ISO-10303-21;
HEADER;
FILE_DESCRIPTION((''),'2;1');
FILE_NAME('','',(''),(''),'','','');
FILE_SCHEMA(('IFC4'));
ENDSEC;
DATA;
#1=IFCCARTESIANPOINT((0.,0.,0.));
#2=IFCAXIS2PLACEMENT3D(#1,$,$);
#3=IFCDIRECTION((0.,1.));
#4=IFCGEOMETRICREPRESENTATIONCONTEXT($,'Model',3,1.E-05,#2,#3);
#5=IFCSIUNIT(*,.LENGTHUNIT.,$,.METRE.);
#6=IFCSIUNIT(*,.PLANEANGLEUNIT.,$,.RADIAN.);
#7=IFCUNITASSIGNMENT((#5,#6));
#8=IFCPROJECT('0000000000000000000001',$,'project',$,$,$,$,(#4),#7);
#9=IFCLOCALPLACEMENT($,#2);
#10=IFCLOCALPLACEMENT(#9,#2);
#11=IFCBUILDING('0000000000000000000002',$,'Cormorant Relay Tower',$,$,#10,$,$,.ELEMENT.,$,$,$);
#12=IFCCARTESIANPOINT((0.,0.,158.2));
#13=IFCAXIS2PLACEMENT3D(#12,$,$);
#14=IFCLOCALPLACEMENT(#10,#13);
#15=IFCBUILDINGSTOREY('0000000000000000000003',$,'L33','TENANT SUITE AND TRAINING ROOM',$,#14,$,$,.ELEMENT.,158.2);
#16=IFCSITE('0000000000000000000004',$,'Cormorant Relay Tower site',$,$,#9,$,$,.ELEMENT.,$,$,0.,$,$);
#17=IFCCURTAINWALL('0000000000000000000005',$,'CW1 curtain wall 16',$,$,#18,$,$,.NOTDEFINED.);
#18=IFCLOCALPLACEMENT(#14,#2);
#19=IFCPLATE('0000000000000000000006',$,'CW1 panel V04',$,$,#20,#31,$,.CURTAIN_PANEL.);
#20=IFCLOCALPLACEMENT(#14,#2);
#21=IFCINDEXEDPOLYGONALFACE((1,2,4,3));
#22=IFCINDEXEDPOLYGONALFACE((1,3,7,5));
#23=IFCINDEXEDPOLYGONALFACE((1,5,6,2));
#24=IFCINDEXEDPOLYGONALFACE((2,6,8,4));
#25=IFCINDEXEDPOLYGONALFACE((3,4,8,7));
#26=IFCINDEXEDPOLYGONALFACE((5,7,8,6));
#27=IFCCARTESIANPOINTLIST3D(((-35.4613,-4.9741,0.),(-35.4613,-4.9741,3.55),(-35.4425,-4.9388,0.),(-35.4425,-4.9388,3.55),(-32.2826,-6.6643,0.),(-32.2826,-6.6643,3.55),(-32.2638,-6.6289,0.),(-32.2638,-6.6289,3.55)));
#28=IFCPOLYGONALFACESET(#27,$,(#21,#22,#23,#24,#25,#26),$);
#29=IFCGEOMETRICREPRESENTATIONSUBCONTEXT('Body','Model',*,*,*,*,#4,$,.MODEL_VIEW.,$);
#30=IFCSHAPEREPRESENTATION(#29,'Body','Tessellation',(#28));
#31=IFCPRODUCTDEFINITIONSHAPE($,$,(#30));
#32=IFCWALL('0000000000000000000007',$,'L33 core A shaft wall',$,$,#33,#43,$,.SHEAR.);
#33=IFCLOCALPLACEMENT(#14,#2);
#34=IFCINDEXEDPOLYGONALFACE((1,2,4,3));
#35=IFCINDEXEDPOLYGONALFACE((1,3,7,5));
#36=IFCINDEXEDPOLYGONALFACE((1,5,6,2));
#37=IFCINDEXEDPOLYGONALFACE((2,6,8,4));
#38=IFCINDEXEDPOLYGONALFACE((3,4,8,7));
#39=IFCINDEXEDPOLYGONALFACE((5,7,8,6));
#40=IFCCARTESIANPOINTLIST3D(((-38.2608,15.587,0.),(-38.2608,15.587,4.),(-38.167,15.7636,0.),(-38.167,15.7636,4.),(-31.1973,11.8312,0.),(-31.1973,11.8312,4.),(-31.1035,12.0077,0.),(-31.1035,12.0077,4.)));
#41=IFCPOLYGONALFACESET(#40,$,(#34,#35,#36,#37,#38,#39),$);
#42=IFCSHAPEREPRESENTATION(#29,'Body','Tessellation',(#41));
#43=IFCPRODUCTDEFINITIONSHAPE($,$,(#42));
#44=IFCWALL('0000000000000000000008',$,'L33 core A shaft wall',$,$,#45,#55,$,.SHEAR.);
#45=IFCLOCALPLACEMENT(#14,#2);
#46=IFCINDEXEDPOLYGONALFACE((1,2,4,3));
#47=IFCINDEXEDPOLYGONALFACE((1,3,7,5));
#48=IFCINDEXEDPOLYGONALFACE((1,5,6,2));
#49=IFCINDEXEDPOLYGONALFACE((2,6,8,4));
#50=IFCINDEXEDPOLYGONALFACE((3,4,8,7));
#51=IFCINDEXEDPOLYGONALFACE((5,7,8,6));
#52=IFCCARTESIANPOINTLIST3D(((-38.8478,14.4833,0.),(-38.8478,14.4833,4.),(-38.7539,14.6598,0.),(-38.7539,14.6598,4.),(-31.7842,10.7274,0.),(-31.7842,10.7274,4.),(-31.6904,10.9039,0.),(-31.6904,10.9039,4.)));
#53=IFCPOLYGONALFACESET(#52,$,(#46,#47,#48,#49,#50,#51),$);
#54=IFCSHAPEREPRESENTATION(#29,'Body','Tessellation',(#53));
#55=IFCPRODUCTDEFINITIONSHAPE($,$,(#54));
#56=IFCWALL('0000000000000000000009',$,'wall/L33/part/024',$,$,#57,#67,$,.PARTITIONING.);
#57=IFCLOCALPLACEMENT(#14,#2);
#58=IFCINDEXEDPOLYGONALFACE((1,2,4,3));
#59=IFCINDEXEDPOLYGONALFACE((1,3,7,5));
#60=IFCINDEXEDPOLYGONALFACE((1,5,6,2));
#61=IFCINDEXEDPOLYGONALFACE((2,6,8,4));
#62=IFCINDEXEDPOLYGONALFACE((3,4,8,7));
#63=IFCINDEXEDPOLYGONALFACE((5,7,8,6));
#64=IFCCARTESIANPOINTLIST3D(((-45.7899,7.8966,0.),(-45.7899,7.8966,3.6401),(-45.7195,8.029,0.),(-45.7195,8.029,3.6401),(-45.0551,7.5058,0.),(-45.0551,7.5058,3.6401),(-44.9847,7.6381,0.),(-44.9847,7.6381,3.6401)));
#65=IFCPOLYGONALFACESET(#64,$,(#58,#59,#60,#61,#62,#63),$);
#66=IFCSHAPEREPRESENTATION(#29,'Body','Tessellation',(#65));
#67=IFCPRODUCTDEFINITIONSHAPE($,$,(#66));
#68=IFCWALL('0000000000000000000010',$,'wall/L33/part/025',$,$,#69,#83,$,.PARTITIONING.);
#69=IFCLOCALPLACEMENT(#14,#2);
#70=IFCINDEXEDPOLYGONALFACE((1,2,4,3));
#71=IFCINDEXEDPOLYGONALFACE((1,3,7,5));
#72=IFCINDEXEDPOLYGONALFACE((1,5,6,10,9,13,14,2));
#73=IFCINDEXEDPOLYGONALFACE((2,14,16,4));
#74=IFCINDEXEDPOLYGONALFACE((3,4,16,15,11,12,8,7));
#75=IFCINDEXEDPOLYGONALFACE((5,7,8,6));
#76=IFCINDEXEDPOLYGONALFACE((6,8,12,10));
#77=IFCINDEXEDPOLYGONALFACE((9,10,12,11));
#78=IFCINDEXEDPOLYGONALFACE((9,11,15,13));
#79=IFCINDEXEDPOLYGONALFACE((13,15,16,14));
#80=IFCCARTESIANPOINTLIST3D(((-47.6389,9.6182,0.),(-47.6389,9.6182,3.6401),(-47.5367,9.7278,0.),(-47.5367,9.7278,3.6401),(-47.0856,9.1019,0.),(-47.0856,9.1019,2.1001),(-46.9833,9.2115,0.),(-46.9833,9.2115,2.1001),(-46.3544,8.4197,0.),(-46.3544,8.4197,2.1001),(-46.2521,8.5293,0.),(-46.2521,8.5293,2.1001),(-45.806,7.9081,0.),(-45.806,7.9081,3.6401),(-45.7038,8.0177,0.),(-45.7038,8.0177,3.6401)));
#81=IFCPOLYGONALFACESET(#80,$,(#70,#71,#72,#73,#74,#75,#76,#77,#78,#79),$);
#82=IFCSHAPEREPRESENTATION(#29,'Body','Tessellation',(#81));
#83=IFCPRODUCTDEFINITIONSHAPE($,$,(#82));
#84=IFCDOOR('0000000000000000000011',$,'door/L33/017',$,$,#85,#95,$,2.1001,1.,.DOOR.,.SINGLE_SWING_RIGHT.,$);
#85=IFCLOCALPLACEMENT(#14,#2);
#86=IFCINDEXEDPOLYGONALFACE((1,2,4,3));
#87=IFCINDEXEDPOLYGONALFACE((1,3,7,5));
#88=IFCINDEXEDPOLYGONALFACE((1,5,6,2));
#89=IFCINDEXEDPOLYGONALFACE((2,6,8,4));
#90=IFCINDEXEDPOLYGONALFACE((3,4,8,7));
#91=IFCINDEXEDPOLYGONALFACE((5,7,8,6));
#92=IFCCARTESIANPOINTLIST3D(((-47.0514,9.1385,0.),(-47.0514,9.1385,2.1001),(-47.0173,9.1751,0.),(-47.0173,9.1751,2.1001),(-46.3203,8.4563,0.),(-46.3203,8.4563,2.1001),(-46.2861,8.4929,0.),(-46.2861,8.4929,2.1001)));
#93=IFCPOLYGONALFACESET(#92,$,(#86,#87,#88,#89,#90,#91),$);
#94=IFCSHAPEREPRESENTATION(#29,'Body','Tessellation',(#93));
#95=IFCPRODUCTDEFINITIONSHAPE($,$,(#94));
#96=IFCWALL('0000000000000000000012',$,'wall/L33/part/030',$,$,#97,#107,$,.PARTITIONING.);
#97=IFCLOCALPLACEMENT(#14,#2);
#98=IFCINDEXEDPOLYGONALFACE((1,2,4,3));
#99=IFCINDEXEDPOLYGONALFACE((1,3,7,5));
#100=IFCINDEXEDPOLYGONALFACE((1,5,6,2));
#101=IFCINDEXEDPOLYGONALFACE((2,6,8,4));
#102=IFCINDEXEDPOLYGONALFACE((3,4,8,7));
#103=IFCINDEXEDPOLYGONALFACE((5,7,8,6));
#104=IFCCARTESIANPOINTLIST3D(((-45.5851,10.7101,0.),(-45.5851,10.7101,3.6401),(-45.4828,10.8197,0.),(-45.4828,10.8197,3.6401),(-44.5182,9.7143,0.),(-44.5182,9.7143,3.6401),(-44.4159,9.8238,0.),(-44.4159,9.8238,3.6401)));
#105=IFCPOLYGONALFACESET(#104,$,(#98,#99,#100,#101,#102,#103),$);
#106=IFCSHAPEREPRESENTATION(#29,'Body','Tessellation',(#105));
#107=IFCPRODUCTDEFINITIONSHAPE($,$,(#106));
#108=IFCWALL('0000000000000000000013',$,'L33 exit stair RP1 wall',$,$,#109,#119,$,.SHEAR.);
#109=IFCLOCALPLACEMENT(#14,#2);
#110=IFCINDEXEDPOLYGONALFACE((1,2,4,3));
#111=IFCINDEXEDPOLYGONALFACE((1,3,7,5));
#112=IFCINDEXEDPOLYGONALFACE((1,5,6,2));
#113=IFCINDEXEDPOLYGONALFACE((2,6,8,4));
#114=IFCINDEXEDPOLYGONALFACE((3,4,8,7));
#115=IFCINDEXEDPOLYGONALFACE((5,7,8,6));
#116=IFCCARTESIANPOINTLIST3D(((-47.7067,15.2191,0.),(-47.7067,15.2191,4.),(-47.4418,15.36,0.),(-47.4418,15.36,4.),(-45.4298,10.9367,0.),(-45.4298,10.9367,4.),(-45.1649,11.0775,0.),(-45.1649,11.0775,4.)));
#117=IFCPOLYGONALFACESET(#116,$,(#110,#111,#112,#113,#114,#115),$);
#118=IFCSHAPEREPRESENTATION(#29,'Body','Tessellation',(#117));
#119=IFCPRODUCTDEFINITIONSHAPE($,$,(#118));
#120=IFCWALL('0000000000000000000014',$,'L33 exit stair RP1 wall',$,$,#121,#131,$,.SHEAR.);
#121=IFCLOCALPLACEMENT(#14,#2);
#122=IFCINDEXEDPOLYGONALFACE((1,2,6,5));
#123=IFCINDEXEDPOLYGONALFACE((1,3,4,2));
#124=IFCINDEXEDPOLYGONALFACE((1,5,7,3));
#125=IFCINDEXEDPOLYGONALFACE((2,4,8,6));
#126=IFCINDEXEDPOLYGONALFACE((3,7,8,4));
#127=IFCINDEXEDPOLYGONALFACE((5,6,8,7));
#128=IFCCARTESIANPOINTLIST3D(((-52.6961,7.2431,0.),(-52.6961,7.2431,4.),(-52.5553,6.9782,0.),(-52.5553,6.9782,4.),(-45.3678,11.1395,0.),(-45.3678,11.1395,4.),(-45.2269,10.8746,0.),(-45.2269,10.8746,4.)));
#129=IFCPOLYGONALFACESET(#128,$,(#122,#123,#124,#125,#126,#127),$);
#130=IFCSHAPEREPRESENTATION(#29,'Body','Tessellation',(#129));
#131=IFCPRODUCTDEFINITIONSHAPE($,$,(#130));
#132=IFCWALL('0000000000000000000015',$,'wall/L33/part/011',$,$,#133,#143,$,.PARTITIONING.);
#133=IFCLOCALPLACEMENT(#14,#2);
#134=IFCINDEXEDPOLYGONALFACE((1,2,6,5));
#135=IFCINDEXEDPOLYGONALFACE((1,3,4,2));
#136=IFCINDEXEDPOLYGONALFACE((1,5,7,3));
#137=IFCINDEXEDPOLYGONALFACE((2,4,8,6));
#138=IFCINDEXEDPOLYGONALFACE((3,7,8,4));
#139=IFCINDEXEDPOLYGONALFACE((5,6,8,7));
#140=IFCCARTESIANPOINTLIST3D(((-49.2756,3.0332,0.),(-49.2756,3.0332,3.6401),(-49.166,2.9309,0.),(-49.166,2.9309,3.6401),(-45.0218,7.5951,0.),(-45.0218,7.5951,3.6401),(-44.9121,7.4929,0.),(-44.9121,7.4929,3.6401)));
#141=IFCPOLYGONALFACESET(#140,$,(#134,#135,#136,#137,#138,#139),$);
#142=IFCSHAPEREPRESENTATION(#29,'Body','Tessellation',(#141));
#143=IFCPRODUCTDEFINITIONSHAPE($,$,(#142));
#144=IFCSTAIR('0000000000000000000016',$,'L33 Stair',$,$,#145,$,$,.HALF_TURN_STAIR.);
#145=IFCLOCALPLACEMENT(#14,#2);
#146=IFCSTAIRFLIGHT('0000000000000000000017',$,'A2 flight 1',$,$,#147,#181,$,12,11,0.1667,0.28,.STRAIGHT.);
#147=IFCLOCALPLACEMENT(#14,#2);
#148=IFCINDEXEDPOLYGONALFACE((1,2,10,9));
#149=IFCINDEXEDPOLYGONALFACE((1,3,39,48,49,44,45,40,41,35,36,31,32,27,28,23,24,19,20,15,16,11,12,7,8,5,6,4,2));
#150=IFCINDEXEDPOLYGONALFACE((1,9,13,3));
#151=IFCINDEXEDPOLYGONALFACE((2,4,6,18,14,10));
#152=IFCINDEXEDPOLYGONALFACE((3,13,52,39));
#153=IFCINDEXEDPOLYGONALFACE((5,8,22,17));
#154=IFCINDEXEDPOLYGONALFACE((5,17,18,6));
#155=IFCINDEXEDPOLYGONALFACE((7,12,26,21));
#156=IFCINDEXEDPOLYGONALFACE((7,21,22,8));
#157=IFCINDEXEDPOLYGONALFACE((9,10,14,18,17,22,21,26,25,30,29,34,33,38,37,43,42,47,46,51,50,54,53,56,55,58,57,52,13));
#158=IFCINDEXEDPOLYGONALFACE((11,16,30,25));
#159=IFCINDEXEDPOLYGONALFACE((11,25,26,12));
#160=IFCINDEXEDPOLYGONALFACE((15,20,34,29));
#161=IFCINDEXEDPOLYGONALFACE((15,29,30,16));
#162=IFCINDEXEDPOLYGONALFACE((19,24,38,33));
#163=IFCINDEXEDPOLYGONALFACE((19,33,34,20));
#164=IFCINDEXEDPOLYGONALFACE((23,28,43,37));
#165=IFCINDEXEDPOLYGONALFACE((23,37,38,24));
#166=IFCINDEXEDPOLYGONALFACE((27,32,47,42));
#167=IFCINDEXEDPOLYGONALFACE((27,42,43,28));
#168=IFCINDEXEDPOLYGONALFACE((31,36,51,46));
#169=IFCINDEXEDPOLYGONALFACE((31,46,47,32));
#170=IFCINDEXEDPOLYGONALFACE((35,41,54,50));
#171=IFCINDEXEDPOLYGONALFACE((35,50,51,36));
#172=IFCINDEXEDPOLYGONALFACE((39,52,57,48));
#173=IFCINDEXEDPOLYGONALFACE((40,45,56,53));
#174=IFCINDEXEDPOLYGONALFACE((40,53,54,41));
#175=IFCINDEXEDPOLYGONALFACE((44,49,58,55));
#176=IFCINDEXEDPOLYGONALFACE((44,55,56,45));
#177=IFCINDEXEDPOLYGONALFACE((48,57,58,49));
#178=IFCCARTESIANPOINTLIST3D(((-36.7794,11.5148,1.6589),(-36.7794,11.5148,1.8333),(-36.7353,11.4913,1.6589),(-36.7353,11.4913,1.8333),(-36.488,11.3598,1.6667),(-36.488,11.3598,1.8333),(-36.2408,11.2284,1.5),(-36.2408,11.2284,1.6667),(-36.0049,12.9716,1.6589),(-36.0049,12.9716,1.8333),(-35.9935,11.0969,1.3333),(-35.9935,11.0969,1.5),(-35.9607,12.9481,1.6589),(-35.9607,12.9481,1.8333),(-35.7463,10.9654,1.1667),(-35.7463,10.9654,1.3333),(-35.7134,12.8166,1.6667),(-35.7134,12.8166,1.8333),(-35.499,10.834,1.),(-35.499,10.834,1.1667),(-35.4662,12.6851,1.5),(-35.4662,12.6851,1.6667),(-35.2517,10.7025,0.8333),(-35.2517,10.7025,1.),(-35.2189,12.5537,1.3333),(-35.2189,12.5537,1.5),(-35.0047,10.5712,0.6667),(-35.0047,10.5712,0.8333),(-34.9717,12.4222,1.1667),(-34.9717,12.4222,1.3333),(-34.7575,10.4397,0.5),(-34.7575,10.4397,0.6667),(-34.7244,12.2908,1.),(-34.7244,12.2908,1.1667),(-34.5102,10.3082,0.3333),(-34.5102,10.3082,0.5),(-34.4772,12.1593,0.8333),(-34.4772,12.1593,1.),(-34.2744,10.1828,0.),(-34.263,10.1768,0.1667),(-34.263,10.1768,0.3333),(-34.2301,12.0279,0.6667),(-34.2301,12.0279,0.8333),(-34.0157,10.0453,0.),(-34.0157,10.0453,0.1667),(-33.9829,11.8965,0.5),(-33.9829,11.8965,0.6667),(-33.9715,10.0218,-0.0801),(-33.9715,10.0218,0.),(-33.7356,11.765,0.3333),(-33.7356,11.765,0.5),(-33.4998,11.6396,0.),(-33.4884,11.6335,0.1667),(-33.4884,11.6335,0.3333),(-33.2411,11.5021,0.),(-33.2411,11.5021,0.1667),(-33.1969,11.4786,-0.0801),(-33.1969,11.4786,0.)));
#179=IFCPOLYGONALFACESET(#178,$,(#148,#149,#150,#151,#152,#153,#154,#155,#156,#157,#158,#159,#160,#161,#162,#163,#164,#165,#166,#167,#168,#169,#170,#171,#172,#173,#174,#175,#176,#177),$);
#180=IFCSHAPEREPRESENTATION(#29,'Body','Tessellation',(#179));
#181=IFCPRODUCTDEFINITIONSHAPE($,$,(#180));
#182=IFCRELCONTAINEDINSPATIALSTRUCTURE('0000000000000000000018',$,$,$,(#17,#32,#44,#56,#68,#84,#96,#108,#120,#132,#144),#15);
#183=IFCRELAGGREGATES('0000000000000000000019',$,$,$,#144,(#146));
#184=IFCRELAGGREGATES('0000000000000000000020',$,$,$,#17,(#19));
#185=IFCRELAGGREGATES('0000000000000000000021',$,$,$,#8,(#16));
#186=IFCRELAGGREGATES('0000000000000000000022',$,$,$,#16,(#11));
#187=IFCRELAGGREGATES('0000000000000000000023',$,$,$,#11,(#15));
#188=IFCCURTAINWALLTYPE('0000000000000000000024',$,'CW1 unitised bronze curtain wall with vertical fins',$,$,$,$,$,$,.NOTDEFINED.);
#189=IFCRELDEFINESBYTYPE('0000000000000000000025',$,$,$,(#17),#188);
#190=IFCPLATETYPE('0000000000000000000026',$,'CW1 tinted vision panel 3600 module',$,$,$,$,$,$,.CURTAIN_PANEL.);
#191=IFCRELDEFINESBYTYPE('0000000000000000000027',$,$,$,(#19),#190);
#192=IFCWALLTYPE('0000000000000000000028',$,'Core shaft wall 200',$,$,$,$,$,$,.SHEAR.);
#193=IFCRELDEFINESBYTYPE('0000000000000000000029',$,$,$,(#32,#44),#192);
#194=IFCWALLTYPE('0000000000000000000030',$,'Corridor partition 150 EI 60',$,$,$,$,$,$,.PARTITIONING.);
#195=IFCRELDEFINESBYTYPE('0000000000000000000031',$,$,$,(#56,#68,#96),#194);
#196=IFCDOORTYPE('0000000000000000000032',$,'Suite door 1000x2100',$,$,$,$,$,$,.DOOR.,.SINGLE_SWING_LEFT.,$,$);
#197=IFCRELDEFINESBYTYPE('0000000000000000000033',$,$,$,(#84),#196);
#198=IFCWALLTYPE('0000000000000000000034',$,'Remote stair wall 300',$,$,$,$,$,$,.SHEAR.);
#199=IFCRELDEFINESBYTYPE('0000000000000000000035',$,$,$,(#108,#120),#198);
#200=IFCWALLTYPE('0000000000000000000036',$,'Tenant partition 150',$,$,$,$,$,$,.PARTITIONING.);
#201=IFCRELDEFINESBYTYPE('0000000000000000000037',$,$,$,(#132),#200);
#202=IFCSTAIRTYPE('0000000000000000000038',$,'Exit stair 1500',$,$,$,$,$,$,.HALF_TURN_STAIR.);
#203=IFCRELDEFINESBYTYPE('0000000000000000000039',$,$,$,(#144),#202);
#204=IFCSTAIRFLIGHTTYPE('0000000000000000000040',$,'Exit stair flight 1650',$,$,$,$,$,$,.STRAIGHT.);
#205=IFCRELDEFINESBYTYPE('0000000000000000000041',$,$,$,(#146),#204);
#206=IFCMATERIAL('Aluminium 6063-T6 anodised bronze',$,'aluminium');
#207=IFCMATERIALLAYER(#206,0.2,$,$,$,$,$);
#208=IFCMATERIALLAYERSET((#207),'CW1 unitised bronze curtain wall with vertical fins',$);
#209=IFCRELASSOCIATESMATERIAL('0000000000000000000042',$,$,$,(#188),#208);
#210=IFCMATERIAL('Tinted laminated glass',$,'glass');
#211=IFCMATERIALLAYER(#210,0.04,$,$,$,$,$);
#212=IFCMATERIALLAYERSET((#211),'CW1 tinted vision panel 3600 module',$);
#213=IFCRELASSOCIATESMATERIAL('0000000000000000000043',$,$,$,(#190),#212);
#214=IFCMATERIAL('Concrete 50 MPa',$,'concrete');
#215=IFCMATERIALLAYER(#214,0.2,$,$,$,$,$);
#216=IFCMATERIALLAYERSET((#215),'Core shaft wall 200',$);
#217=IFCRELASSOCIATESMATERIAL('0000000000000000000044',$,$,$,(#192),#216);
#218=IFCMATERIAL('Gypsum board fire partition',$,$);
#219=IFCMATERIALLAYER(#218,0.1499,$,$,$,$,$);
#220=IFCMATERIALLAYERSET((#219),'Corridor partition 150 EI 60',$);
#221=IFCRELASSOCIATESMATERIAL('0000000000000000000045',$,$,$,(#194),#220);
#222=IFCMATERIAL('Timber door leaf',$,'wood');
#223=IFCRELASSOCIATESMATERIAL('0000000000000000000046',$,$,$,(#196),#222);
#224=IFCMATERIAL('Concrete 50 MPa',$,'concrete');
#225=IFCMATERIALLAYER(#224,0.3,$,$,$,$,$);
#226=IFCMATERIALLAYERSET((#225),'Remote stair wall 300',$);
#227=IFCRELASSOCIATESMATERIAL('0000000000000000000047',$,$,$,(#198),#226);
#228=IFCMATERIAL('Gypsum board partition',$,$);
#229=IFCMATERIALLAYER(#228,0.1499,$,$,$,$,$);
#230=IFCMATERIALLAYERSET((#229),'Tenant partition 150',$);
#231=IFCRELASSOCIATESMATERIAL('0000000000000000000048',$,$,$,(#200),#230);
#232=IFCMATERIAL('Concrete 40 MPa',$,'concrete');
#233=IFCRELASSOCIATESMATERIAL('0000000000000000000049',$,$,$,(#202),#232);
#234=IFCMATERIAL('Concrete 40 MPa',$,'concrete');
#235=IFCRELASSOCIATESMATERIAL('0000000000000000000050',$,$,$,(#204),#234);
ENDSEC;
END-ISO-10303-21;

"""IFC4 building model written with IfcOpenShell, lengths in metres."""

from ifc_helpers import new_model, si_unit, direction, frame, frame_2d, origin, origin_2d, place, context, subcontext, project, spatial, polyline, rectangle, outline, extrude, material, layer, layer_set, type_object, element, fill, aggregate, save


model = new_model("IFC4")

# Units and contexts
model_context = context("Model", 3, precision=1e-05, world=origin(), true_north=direction((0.0, 1.0)))
body_context = subcontext(model_context, "Body", "Model", "MODEL_VIEW")
ifc_project = project(units=[si_unit("LENGTHUNIT", "METRE"), si_unit("PLANEANGLEUNIT", "RADIAN")], contexts=[model_context])

# Site, building, storey
site_placement = place(None, origin())
site = spatial("IfcSite", under=ifc_project, at=site_placement, Name="Cormorant Relay Tower site", CompositionType="ELEMENT", RefElevation=0.0)
building_placement = place(site_placement, origin())
building = spatial("IfcBuilding", under=site, at=building_placement, Name="Cormorant Relay Tower", CompositionType="ELEMENT")
storey_placement = place(building_placement, frame((0.0, 0.0, 158.2)))
storey = spatial("IfcBuildingStorey", under=building, at=storey_placement, Name="L33", Description="TENANT SUITE AND TRAINING ROOM", CompositionType="ELEMENT", Elevation=158.2)

# Curtain wall
ifc_material_1 = material(Name="Aluminium 6063-T6 anodised bronze", Category="aluminium")
ifc_layer_1 = layer(ifc_material_1, 0.2)
ifc_layer_set_1 = layer_set([ifc_layer_1], Name="CW1 unitised bronze curtain wall with vertical fins")
curtain_wall_type = type_object("IfcCurtainWallType", Name="CW1 unitised bronze curtain wall with vertical fins", PredefinedType="NOTDEFINED", material=ifc_layer_set_1)
curtain_wall_placement = place(storey_placement, origin())
curtain_wall = element("IfcCurtainWall", 1, at=curtain_wall_placement, inside=storey, type_object=curtain_wall_type, Name="CW1 curtain wall 16", PredefinedType="NOTDEFINED")

# Plate
ifc_material_2 = material(Name="Tinted laminated glass", Category="glass")
ifc_layer_2 = layer(ifc_material_2, 0.04)
ifc_layer_set_2 = layer_set([ifc_layer_2], Name="CW1 tinted vision panel 3600 module")
plate_type_1 = type_object("IfcPlateType", Name="CW1 tinted vision panel 3600 module", PredefinedType="CURTAIN_PANEL", material=ifc_layer_set_2)
plate_1_placement = place(storey_placement, frame((-33.8625, -5.8015, 0.0), z_axis=(0.0, 0.0, 1.0), x_axis=(0.882948, -0.469472, 0.0)))
plate_1 = element("IfcPlate", 2, at=plate_1_placement, type_object=plate_type_1, Name="CW1 panel V04", PredefinedType="CURTAIN_PANEL", context=body_context, shape_type="SweptSolid", body=[
    extrude(rectangle(XDim=3.6001, YDim=0.04, at=origin_2d()), origin(), (0.0, 0.0, 1.0), 3.55),
])

# Walls
ifc_material_3 = material(Name="Concrete 50 MPa", Category="concrete")
ifc_layer_3 = layer(ifc_material_3, 0.2)
ifc_layer_set_3 = layer_set([ifc_layer_3], Name="Core shaft wall 200")
wall_type_1 = type_object("IfcWallType", Name="Core shaft wall 200", PredefinedType="SHEAR", material=ifc_layer_set_3)
for number, where, z_axis, x_axis, name in (
    (3, (-31.1504, 11.9194, 0.0), (0.0, 0.0, 1.0), (-0.88294, 0.469485, 0.0), "L33 core A shaft wall"),
    (4, (-31.7373, 10.8157, 0.0), (0.0, 0.0, 1.0), (-0.88294, 0.469485, 0.0), "L33 core A shaft wall"),
):
    element("IfcWall", number, at=place(storey_placement, frame(where, z_axis=z_axis, x_axis=x_axis)), inside=storey, type_object=wall_type_1, Name=name, PredefinedType="SHEAR", context=body_context, shape_type="SweptSolid", body=[
        extrude(rectangle(XDim=8.0, YDim=0.2, at=frame_2d((4.0, 0.0))), origin(), (0.0, 0.0, 1.0), 4.0),
    ])
ifc_material_4 = material(Name="Gypsum board fire partition")
ifc_layer_4 = layer(ifc_material_4, 0.1499)
ifc_layer_set_4 = layer_set([ifc_layer_4], Name="Corridor partition 150 EI 60")
wall_type_2 = type_object("IfcWallType", Name="Corridor partition 150 EI 60", PredefinedType="PARTITIONING", material=ifc_layer_set_4)
wall_1_placement = place(storey_placement, frame((-45.02, 7.572, 0.0), z_axis=(0.0, 0.0, 1.0), x_axis=(-0.88288, 0.469598, 0.0)))
element("IfcWall", 5, at=wall_1_placement, inside=storey, type_object=wall_type_2, Name="wall/L33/part/024", PredefinedType="PARTITIONING", context=body_context, shape_type="SweptSolid", body=[
    extrude(rectangle(XDim=0.8323, YDim=0.1499, at=frame_2d((0.416, 0.0))), origin(), (0.0, 0.0, 1.0), 3.6401),
])

# Wall, opening, door
wall_2_placement = place(storey_placement, frame((-45.7549, 7.9629, 0.0), z_axis=(0.0, 0.0, 1.0), x_axis=(-0.731175, 0.68219, 0.0)))
wall_2 = element("IfcWall", 6, at=wall_2_placement, inside=storey, type_object=wall_type_2, Name="wall/L33/part/025", PredefinedType="PARTITIONING", context=body_context, shape_type="SweptSolid", body=[
    extrude(rectangle(XDim=2.5068, YDim=0.1499, at=frame_2d((1.2534, 0.0))), origin(), (0.0, 0.0, 1.0), 3.6401),
])
opening_placement = place(wall_2_placement, frame((0.75, 0.0, 0.0)))
opening = element("IfcOpeningElement", 7, at=opening_placement, cuts=wall_2, PredefinedType="OPENING", context=body_context, shape_type="SweptSolid", body=[
    extrude(rectangle(XDim=1.0, YDim=2.1001, at=frame_2d((0.5, 1.05))), frame((0.0, 0.085, 0.0), z_axis=(0.0, -1.0, 0.0), x_axis=(1.0, 0.0, 0.0)), (0.0, 0.0, 1.0), 0.1699),
])
ifc_material_5 = material(Name="Timber door leaf", Category="wood")
door_type = type_object("IfcDoorType", Name="Suite door 1000x2100", OperationType="SINGLE_SWING_LEFT", PredefinedType="DOOR", material=ifc_material_5)
door_placement = place(opening_placement, origin())
door = element("IfcDoor", 8, at=door_placement, inside=storey, type_object=door_type, Name="door/L33/017", OperationType="SINGLE_SWING_RIGHT", OverallHeight=2.1001, OverallWidth=1.0, PredefinedType="DOOR", context=body_context, shape_type="SweptSolid", body=[
    extrude(rectangle(XDim=1.0, YDim=2.1001, at=frame_2d((0.5, 1.05))), frame((0.0, 0.0249, 0.0), z_axis=(0.0, -1.0, 0.0), x_axis=(1.0, 0.0, 0.0)), (0.0, 0.0, 1.0), 0.05),
])
fill(opening, door)

# Walls
wall_3_placement = place(storey_placement, frame((-44.467, 9.769, 0.0), z_axis=(0.0, 0.0, 1.0), x_axis=(-0.731027, 0.682348, 0.0)))
element("IfcWall", 9, at=wall_3_placement, inside=storey, type_object=wall_type_2, Name="wall/L33/part/030", PredefinedType="PARTITIONING", context=body_context, shape_type="SweptSolid", body=[
    extrude(rectangle(XDim=1.4595, YDim=0.1499, at=frame_2d((0.7297, 0.0))), origin(), (0.0, 0.0, 1.0), 3.6401),
])
ifc_material_6 = material(Name="Concrete 50 MPa", Category="concrete")
ifc_layer_5 = layer(ifc_material_6, 0.3)
ifc_layer_set_5 = layer_set([ifc_layer_5], Name="Remote stair wall 300")
wall_type_3 = type_object("IfcWallType", Name="Remote stair wall 300", PredefinedType="SHEAR", material=ifc_layer_set_5)
wall_4_placement = place(storey_placement, frame((-47.5742, 15.2896, 0.0), z_axis=(0.0, 0.0, 1.0), x_axis=(0.469443, -0.882963, 0.0)))
element("IfcWall", 10, at=wall_4_placement, inside=storey, type_object=wall_type_3, Name="L33 exit stair RP1 wall", PredefinedType="SHEAR", context=body_context, shape_type="SweptSolid", body=[
    extrude(rectangle(XDim=4.8501, YDim=0.3, at=frame_2d((2.425, 0.0))), origin(), (0.0, 0.0, 1.0), 4.0),
])
wall_5_placement = place(storey_placement, frame((-45.2974, 11.0071, 0.0), z_axis=(0.0, 0.0, 1.0), x_axis=(-0.882952, -0.469464, 0.0)))
element("IfcWall", 11, at=wall_5_placement, inside=storey, type_object=wall_type_3, Name="L33 exit stair RP1 wall", PredefinedType="SHEAR", context=body_context, shape_type="SweptSolid", body=[
    extrude(rectangle(XDim=8.2998, YDim=0.3, at=frame_2d((4.1499, 0.0))), origin(), (0.0, 0.0, 1.0), 4.0),
])
ifc_material_7 = material(Name="Gypsum board partition")
ifc_layer_6 = layer(ifc_material_7, 0.1499)
ifc_layer_set_6 = layer_set([ifc_layer_6], Name="Tenant partition 150")
wall_type_4 = type_object("IfcWallType", Name="Tenant partition 150", PredefinedType="PARTITIONING", material=ifc_layer_set_6)
wall_6_placement = place(storey_placement, frame((-44.967, 7.5439, 0.0), z_axis=(0.0, 0.0, 1.0), x_axis=(-0.681978, -0.731373, 0.0)))
element("IfcWall", 12, at=wall_6_placement, inside=storey, type_object=wall_type_4, Name="wall/L33/part/011", PredefinedType="PARTITIONING", context=body_context, shape_type="SweptSolid", body=[
    extrude(rectangle(XDim=6.2375, YDim=0.1499, at=frame_2d((3.1187, 0.0))), origin(), (0.0, 0.0, 1.0), 3.6401),
])

# Stair, stair flight
ifc_material_8 = material(Name="Concrete 40 MPa", Category="concrete")
stair_type = type_object("IfcStairType", Name="Exit stair 1500", PredefinedType="HALF_TURN_STAIR", material=ifc_material_8)
stair_placement = place(storey_placement, origin())
stair = element("IfcStair", 13, at=stair_placement, inside=storey, type_object=stair_type, Name="L33 Stair", PredefinedType="HALF_TURN_STAIR")
ifc_material_9 = material(Name="Concrete 40 MPa", Category="concrete")
stair_flight_type = type_object("IfcStairFlightType", Name="Exit stair flight 1650", PredefinedType="STRAIGHT", material=ifc_material_9)
stair_flight_1_placement = place(storey_placement, frame((-33.6284, 10.7737, 0.0), z_axis=(0.0, 0.0, 1.0), x_axis=(-0.882948, 0.469472, 0.0)))
stair_flight_1 = element("IfcStairFlight", 14, at=stair_flight_1_placement, type_object=stair_flight_type, Name="A2 flight 1", NumberOfRisers=12, NumberOfTreads=11, PredefinedType="STRAIGHT", RiserHeight=0.1667, TreadLength=0.28, context=body_context, shape_type="SweptSolid", body=[
    extrude(outline(polyline([(-0.05, -0.0801), (-0.05, 0.0), (0.0, 0.0), (0.0, 0.1667), (0.28, 0.1667), (0.28, 0.3333), (0.5601, 0.3333), (0.5601, 0.5), (0.8401, 0.5), (0.8401, 0.6667), (1.1201, 0.6667), (1.1201, 0.8333), (1.3999, 0.8333), (1.3999, 1.0), (1.6799, 1.0), (1.6799, 1.1667), (1.96, 1.1667), (1.96, 1.3333), (2.24, 1.3333), (2.24, 1.5), (2.52, 1.5), (2.52, 1.6667), (2.8, 1.6667), (2.8, 1.8333), (3.0801, 1.8333), (3.1301, 1.8333), (3.1301, 1.6589), (3.0801, 1.6589), (0.293, 0.0), (-0.05, -0.0801)])), frame((0.0, 0.825, 0.0), z_axis=(0.0, -1.0, 0.0), x_axis=(1.0, 0.0, 0.0)), (0.0, 0.0, 1.0), 1.6499),
])
aggregate(stair, [stair_flight_1])

aggregate(curtain_wall, [plate_1])

save(model, "model.ifc")
